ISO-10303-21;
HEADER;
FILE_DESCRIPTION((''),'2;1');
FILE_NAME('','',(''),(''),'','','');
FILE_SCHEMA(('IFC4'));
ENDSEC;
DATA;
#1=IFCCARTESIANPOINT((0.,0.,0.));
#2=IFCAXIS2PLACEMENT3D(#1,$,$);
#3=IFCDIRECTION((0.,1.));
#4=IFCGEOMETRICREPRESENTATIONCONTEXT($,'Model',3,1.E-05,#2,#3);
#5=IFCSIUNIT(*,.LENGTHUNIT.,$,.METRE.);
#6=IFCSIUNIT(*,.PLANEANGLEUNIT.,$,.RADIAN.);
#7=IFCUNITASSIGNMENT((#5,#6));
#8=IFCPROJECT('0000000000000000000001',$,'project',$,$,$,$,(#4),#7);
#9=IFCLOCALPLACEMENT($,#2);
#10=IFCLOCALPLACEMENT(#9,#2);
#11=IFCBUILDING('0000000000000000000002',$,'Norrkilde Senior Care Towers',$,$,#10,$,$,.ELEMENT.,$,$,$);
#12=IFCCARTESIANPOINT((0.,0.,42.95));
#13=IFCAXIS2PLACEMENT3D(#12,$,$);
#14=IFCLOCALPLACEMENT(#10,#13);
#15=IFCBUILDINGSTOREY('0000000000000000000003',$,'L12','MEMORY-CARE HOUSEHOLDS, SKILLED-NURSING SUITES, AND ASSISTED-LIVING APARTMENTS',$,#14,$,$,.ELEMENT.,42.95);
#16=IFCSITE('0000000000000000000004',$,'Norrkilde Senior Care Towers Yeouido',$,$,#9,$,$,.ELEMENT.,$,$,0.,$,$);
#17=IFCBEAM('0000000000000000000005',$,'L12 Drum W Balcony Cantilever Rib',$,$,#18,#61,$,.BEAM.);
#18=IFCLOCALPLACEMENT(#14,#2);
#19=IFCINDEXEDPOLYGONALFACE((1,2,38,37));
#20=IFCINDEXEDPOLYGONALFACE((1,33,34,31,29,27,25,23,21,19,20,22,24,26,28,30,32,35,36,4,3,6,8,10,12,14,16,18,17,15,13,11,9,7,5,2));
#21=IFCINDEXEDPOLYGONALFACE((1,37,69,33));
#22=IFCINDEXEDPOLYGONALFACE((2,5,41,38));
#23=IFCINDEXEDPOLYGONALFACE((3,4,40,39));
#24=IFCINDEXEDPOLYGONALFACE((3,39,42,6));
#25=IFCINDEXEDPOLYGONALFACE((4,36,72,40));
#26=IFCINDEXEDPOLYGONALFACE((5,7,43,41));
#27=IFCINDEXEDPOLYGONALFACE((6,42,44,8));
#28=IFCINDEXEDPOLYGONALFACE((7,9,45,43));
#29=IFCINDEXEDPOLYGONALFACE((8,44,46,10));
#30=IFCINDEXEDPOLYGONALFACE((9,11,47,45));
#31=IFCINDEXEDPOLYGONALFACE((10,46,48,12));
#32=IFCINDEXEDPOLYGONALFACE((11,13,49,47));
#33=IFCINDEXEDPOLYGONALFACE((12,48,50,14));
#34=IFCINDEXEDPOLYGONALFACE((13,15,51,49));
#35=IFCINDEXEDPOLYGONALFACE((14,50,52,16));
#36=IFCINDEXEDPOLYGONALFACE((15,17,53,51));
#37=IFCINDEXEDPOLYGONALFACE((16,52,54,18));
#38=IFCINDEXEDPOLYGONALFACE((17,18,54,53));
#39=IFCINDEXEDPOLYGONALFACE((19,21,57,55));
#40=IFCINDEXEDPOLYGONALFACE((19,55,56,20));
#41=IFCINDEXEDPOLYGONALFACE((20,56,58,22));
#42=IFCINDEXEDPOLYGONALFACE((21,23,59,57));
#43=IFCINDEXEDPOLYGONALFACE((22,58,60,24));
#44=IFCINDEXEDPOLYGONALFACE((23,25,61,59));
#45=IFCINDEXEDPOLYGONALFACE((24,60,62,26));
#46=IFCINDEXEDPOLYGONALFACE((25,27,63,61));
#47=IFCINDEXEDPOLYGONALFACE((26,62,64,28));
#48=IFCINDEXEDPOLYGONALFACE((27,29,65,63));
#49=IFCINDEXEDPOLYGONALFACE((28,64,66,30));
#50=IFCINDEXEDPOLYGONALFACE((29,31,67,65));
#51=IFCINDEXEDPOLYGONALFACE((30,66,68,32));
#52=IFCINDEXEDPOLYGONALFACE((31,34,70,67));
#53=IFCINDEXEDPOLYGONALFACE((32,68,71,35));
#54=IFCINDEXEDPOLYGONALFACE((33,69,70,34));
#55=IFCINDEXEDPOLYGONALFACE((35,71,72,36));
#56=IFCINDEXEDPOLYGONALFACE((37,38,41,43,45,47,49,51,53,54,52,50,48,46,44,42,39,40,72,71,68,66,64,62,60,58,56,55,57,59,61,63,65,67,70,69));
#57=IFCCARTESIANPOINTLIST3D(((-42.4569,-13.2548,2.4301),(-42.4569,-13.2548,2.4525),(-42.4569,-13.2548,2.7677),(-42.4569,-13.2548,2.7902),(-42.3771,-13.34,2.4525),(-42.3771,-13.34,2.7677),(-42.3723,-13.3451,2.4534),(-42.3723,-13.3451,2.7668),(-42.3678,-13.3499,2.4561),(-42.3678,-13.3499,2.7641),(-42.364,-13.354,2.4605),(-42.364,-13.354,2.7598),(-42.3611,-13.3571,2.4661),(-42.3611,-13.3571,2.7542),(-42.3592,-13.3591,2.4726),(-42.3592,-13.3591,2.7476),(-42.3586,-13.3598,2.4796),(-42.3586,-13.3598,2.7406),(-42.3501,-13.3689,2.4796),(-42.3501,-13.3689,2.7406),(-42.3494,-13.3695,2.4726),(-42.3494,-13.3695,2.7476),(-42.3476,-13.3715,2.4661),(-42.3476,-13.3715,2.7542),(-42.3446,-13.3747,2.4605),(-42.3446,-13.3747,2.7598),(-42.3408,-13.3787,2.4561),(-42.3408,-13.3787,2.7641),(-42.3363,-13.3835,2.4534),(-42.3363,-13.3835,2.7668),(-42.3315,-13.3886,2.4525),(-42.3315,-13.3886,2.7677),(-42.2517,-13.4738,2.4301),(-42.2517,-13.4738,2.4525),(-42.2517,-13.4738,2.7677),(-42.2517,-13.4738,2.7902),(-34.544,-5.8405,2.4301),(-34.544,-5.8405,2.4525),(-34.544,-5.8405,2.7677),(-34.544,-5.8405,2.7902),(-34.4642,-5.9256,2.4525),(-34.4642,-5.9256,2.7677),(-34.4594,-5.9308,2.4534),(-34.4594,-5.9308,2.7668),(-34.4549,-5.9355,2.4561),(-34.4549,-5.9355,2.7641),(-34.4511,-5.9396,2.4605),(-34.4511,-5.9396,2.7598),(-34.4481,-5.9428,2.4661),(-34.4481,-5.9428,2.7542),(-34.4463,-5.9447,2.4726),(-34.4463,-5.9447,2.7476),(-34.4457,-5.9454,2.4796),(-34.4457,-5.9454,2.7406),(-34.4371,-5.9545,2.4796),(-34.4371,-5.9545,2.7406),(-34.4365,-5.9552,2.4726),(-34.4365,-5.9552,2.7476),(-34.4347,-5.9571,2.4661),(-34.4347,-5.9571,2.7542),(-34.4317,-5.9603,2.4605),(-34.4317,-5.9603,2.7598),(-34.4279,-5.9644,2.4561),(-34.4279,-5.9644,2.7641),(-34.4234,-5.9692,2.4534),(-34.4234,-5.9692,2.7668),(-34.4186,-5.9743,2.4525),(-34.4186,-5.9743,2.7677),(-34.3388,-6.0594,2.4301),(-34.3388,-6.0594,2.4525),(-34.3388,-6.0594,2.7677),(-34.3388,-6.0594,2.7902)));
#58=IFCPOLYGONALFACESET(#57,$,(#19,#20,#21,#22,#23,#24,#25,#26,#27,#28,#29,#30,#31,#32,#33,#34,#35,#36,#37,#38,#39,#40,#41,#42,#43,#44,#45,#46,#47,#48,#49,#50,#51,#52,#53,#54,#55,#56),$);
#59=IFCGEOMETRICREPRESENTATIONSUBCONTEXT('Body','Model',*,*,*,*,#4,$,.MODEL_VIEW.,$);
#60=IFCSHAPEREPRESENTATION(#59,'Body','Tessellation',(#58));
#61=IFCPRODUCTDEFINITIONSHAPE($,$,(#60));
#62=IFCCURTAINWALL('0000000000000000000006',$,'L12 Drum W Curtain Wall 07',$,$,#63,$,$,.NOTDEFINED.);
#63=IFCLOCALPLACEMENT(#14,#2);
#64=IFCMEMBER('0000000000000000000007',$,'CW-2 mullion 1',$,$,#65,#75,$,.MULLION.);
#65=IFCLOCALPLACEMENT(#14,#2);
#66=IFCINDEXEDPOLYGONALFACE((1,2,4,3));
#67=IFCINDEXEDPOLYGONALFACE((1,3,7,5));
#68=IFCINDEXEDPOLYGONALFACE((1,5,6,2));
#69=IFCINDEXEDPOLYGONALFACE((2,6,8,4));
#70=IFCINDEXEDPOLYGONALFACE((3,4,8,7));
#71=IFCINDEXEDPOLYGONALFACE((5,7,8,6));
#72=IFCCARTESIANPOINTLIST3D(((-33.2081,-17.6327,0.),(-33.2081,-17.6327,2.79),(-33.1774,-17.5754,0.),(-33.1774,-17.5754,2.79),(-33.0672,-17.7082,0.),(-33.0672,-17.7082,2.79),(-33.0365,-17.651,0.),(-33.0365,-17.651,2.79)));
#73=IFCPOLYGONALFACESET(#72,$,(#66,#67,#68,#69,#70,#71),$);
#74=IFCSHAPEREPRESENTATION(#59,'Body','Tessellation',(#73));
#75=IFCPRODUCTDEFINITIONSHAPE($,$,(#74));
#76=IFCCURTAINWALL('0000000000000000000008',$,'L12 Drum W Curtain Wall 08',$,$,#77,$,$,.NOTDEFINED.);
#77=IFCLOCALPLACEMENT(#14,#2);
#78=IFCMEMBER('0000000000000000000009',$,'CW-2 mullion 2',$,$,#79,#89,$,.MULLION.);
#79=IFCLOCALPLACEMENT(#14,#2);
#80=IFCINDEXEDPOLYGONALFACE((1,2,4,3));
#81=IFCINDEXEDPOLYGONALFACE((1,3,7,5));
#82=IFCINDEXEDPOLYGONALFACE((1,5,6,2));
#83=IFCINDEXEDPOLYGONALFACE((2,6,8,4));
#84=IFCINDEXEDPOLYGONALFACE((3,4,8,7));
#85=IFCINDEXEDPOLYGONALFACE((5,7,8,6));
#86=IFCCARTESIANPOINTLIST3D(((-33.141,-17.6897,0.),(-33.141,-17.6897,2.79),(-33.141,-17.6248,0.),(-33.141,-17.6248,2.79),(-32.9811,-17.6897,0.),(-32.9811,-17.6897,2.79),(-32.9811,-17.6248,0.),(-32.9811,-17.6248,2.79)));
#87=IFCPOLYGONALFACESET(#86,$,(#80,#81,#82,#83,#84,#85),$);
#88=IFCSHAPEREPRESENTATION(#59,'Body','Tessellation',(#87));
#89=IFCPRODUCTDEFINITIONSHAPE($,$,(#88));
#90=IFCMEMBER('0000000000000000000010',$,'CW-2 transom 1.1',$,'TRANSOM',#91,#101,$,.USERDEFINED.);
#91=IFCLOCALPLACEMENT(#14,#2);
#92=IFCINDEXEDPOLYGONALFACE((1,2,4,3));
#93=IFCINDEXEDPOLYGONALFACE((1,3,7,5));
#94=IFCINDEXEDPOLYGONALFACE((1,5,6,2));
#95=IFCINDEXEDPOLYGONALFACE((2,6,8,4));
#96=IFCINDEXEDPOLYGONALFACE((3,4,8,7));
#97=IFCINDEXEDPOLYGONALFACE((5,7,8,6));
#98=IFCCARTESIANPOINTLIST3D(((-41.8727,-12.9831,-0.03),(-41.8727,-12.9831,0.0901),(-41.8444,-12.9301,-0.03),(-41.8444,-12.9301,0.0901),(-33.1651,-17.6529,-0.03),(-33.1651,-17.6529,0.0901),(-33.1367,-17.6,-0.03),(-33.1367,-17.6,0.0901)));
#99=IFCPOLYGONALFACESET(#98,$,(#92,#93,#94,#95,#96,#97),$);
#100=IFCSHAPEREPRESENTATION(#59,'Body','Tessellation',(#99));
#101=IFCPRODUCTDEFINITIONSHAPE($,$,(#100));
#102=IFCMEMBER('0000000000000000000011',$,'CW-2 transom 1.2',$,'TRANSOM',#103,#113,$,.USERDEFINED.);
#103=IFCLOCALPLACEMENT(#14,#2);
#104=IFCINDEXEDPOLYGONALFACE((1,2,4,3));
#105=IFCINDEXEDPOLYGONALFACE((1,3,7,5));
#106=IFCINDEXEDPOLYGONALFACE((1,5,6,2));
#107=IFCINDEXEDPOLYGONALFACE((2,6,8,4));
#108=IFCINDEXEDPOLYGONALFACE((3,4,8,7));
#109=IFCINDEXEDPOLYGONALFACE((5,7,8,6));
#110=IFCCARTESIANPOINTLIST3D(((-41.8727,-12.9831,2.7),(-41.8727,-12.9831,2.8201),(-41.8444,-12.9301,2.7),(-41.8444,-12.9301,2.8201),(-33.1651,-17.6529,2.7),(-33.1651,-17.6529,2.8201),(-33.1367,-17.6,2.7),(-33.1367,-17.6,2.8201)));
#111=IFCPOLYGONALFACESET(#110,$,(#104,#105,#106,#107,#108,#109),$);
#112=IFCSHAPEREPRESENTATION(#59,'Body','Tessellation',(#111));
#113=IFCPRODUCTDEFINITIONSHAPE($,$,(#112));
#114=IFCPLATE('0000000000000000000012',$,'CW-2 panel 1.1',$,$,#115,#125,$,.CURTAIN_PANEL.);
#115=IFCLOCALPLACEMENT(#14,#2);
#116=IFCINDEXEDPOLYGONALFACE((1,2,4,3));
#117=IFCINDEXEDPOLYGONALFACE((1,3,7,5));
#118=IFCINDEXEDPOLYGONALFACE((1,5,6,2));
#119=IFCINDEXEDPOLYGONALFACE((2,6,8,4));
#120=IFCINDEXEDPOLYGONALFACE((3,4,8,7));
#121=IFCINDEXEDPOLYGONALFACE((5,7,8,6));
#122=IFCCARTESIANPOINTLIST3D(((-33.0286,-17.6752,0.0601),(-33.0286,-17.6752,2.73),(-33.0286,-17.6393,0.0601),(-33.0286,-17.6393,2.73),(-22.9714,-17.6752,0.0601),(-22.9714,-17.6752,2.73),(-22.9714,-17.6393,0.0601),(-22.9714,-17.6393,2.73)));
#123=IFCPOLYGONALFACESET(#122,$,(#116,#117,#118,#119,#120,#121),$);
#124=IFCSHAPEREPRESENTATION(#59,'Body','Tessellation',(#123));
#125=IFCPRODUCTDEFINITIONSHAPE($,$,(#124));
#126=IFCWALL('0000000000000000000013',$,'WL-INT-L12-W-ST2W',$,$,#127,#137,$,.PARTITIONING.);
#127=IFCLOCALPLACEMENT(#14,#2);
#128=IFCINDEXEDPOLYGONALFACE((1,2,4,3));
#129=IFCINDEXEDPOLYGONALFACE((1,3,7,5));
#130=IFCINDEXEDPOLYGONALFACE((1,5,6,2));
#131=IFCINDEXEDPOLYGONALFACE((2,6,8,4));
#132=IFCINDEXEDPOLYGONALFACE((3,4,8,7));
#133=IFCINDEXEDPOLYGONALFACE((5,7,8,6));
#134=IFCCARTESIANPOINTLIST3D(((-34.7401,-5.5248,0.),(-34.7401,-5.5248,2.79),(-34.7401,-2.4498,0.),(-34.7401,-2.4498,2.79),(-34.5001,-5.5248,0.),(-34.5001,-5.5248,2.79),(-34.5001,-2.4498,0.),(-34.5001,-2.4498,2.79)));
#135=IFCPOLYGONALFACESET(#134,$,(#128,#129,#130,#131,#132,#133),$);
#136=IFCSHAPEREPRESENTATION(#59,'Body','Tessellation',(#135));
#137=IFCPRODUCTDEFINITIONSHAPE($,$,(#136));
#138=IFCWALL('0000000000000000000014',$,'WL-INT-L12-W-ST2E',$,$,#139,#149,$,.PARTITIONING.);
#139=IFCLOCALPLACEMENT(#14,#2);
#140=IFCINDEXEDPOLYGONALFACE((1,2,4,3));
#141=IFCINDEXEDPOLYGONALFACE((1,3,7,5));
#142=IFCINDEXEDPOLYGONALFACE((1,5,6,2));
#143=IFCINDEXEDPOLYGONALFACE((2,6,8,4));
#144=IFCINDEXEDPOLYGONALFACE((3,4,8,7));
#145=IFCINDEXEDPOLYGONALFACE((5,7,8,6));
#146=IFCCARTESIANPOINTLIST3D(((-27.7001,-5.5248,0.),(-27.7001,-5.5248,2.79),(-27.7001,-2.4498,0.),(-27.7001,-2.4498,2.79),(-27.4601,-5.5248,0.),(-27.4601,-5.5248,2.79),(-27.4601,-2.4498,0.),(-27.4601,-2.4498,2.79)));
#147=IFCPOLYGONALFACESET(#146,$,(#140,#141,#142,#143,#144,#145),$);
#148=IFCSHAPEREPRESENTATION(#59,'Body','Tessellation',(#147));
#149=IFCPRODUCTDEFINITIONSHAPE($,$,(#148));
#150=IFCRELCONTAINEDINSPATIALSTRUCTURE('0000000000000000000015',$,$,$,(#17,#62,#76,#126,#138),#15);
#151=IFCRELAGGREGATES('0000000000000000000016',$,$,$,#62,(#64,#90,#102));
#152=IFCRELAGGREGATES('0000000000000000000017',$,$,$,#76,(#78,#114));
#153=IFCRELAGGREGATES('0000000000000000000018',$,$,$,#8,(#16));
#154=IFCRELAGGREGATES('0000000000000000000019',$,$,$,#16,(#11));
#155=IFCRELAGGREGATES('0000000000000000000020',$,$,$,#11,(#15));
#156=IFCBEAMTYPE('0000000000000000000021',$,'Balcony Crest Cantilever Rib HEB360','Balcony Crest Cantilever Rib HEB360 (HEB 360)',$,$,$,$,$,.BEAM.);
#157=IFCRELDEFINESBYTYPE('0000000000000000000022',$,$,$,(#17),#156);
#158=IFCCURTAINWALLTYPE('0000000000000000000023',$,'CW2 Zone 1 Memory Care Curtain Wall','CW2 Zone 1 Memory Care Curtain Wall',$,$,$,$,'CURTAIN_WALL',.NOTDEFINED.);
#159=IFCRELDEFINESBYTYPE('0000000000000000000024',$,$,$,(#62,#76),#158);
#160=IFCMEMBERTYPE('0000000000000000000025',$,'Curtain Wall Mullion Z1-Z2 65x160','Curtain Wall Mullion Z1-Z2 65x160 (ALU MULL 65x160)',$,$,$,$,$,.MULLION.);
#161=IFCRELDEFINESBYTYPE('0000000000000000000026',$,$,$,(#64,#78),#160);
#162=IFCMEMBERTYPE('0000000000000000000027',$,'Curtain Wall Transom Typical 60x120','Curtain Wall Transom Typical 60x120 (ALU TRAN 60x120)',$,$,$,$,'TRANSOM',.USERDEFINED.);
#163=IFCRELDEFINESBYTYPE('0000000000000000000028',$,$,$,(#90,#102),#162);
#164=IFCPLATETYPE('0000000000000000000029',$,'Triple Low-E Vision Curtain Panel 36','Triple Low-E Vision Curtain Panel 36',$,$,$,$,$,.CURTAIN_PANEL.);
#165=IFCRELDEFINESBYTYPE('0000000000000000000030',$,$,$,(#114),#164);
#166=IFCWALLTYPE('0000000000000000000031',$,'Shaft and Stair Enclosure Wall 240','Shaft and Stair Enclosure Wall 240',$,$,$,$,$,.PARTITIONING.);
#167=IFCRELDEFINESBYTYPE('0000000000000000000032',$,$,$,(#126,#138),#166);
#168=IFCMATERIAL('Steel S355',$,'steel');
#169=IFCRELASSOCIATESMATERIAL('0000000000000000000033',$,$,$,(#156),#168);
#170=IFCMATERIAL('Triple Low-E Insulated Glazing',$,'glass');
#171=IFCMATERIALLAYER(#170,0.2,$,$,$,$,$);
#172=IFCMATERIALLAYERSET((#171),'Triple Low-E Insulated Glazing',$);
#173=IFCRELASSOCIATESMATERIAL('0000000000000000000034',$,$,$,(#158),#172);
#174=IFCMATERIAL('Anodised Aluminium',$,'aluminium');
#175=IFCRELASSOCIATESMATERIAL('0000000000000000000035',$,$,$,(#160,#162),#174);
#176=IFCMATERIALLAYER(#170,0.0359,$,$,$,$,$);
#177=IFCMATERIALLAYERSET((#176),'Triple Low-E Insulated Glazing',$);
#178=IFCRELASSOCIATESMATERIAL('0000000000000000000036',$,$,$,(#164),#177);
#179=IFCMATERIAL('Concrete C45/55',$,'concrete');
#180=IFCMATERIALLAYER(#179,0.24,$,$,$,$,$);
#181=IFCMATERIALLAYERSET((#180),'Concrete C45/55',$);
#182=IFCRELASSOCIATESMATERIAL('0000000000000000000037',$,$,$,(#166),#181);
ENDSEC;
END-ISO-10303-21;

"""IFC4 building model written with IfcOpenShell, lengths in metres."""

from ifc_helpers import new_model, si_unit, direction, frame, frame_2d, origin, origin_2d, place, context, subcontext, project, spatial, rectangle, i_section, extrude, source, transform, mapped, material, layer, layer_set, material_profile, profile_set, type_object, type_shapes, element, aggregate, save


model = new_model("IFC4")

# Units and contexts
model_context = context("Model", 3, precision=1e-05, world=origin(), true_north=direction((0.0, 1.0)))
body_context = subcontext(model_context, "Body", "Model", "MODEL_VIEW")
ifc_project = project(units=[si_unit("LENGTHUNIT", "METRE"), si_unit("PLANEANGLEUNIT", "RADIAN")], contexts=[model_context])

# Site, building, storey
site_placement = place(None, origin())
site = spatial("IfcSite", under=ifc_project, at=site_placement, Name="Norrkilde Senior Care Towers Yeouido", CompositionType="ELEMENT", RefElevation=0.0)
building_placement = place(site_placement, origin())
building = spatial("IfcBuilding", under=site, at=building_placement, Name="Norrkilde Senior Care Towers", CompositionType="ELEMENT")
storey_placement = place(building_placement, frame((0.0, 0.0, 42.95)))
storey = spatial("IfcBuildingStorey", under=building, at=storey_placement, Name="L12", Description="MEMORY-CARE HOUSEHOLDS, SKILLED-NURSING SUITES, AND ASSISTED-LIVING APARTMENTS", CompositionType="ELEMENT", Elevation=42.95)

# Beam
ifc_material_1 = material(Name="Steel S355", Category="steel")
ifc_material_profile_1 = material_profile(ifc_material_1, i_section(OverallWidth=0.3, OverallDepth=0.3601, WebThickness=0.0125, FlangeThickness=0.0225, FilletRadius=0.0271, at=origin_2d()), Name="HEB 360")
ifc_profile_set_1 = profile_set([ifc_material_profile_1], Name="Steel S355")
beam_type_1 = type_object("IfcBeamType", Name="Balcony Crest Cantilever Rib HEB360", Description="Balcony Crest Cantilever Rib HEB360 (HEB 360)", PredefinedType="BEAM", material=ifc_profile_set_1)
shared_shape_1 = source(origin(), body_context, "Body", "SweptSolid", [
    extrude(i_section(OverallWidth=0.3, OverallDepth=0.3601, WebThickness=0.0125, FlangeThickness=0.0225, FilletRadius=0.0271, at=origin_2d()), origin(), (0.0, 0.0, 1.0), 10.8438),
])
type_shapes(beam_type_1, [shared_shape_1])
beam_1_placement = place(storey_placement, frame((-34.4414, -5.95, 2.6101), z_axis=(-0.72972, -0.683746, 0.0), x_axis=(0.683746, -0.72972, 0.0)))
element("IfcBeam", 1, at=beam_1_placement, inside=storey, type_object=beam_type_1, Name="L12 Drum W Balcony Cantilever Rib", PredefinedType="BEAM", context=body_context, shape_type="MappedRepresentation", body=[
    mapped(shared_shape_1, transform((0.0, 0.0, 0.0), x_axis=(1.0, 0.0, 0.0), y_axis=(0.0, 1.0, 0.0), z_axis=(0.0, 0.0, 1.0), scale=1.0)),
])

# Curtain walls, members
ifc_material_2 = material(Name="Triple Low-E Insulated Glazing", Category="glass")
ifc_layer_1 = layer(ifc_material_2, 0.2)
ifc_layer_set_1 = layer_set([ifc_layer_1], Name="Triple Low-E Insulated Glazing")
curtain_wall_type = type_object("IfcCurtainWallType", Name="CW2 Zone 1 Memory Care Curtain Wall", Description="CW2 Zone 1 Memory Care Curtain Wall", ElementType="CURTAIN_WALL", PredefinedType="NOTDEFINED", material=ifc_layer_set_1)
curtain_wall_1_placement = place(storey_placement, origin())
curtain_wall_1 = element("IfcCurtainWall", 2, at=curtain_wall_1_placement, inside=storey, type_object=curtain_wall_type, Name="L12 Drum W Curtain Wall 07", PredefinedType="NOTDEFINED")
ifc_material_3 = material(Name="Anodised Aluminium", Category="aluminium")
ifc_material_profile_2 = material_profile(ifc_material_3, rectangle(XDim=0.0649, YDim=0.1599, at=origin_2d()), Name="ALU MULL 65x160")
ifc_profile_set_2 = profile_set([ifc_material_profile_2], Name="Anodised Aluminium")
member_type_1 = type_object("IfcMemberType", Name="Curtain Wall Mullion Z1-Z2 65x160", Description="Curtain Wall Mullion Z1-Z2 65x160 (ALU MULL 65x160)", PredefinedType="MULLION", material=ifc_profile_set_2)
shared_shape_2 = source(origin(), body_context, "Body", "SweptSolid", [
    extrude(rectangle(XDim=0.0649, YDim=0.1599, at=origin_2d()), origin(), (0.0, 0.0, 1.0), 2.79),
])
type_shapes(member_type_1, [shared_shape_2])
member_1_placement = place(storey_placement, frame((-33.1223, -17.6418, 0.0), z_axis=(0.0, 0.0, 1.0), x_axis=(-0.472608, -0.881273, 0.0)))
member_1 = element("IfcMember", 3, at=member_1_placement, type_object=member_type_1, Name="CW-2 mullion 1", PredefinedType="MULLION", context=body_context, shape_type="MappedRepresentation", body=[
    mapped(shared_shape_2, transform((0.0, 0.0, 0.0), x_axis=(1.0, 0.0, 0.0), y_axis=(0.0, 1.0, 0.0), z_axis=(0.0, 0.0, 1.0), scale=1.0)),
])
curtain_wall_2_placement = place(storey_placement, origin())
curtain_wall_2 = element("IfcCurtainWall", 4, at=curtain_wall_2_placement, inside=storey, type_object=curtain_wall_type, Name="L12 Drum W Curtain Wall 08", PredefinedType="NOTDEFINED")
member_2_placement = place(storey_placement, frame((-33.061, -17.6572, 0.0), z_axis=(0.0, 0.0, 1.0), x_axis=(0.0, -1.0, 0.0)))
member_2 = element("IfcMember", 5, at=member_2_placement, type_object=member_type_1, Name="CW-2 mullion 2", PredefinedType="MULLION", context=body_context, shape_type="MappedRepresentation", body=[
    mapped(shared_shape_2, transform((0.0, 0.0, 0.0), x_axis=(1.0, 0.0, 0.0), y_axis=(0.0, 1.0, 0.0), z_axis=(0.0, 0.0, 1.0), scale=1.0)),
])

# Members
ifc_material_profile_3 = material_profile(ifc_material_3, rectangle(XDim=0.0601, YDim=0.1201, at=origin_2d()), Name="ALU TRAN 60x120")
ifc_profile_set_3 = profile_set([ifc_material_profile_3], Name="Anodised Aluminium")
member_type_2 = type_object("IfcMemberType", Name="Curtain Wall Transom Typical 60x120", Description="Curtain Wall Transom Typical 60x120 (ALU TRAN 60x120)", ElementType="TRANSOM", PredefinedType="USERDEFINED", material=ifc_profile_set_3)
shared_shape_3 = source(origin(), body_context, "Body", "SweptSolid", [
    extrude(rectangle(XDim=0.0601, YDim=0.1201, at=origin_2d()), origin(), (0.0, 0.0, 1.0), 9.8809),
])
type_shapes(member_type_2, [shared_shape_3])
member_3_placement = place(storey_placement, frame((-33.1509, -17.6265, 0.03), z_axis=(-0.881267, 0.472618, 0.0), x_axis=(-0.472618, -0.881267, 0.0)))
member_3 = element("IfcMember", 6, at=member_3_placement, type_object=member_type_2, Name="CW-2 transom 1.1", ObjectType="TRANSOM", PredefinedType="USERDEFINED", context=body_context, shape_type="MappedRepresentation", body=[
    mapped(shared_shape_3, transform((0.0, 0.0, 0.0), x_axis=(1.0, 0.0, 0.0), y_axis=(0.0, 1.0, 0.0), z_axis=(0.0, 0.0, 1.0), scale=1.0)),
])
member_4_placement = place(storey_placement, frame((-33.1509, -17.6265, 2.76), z_axis=(-0.881267, 0.472618, 0.0), x_axis=(-0.472618, -0.881267, 0.0)))
member_4 = element("IfcMember", 7, at=member_4_placement, type_object=member_type_2, Name="CW-2 transom 1.2", ObjectType="TRANSOM", PredefinedType="USERDEFINED", context=body_context, shape_type="MappedRepresentation", body=[
    mapped(shared_shape_3, transform((0.0, 0.0, 0.0), x_axis=(1.0, 0.0, 0.0), y_axis=(0.0, 1.0, 0.0), z_axis=(0.0, 0.0, 1.0), scale=1.0)),
])
aggregate(curtain_wall_1, [member_1, member_3, member_4])

# Plate
ifc_layer_2 = layer(ifc_material_2, 0.0359)
ifc_layer_set_2 = layer_set([ifc_layer_2], Name="Triple Low-E Insulated Glazing")
plate_type = type_object("IfcPlateType", Name="Triple Low-E Vision Curtain Panel 36", Description="Triple Low-E Vision Curtain Panel 36", PredefinedType="CURTAIN_PANEL", material=ifc_layer_set_2)
shared_shape_4 = source(origin(), body_context, "Body", "SweptSolid", [
    extrude(rectangle(XDim=10.0571, YDim=0.0359, at=origin_2d()), origin(), (0.0, 0.0, 1.0), 2.6699),
])
type_shapes(plate_type, [shared_shape_4])
plate_placement = place(storey_placement, frame((-28.0, -17.6572, 0.0601), z_axis=(0.0, 0.0, 1.0), x_axis=(-1.0, 0.0, 0.0)))
plate = element("IfcPlate", 8, at=plate_placement, type_object=plate_type, Name="CW-2 panel 1.1", PredefinedType="CURTAIN_PANEL", context=body_context, shape_type="MappedRepresentation", body=[
    mapped(shared_shape_4, transform((0.0, 0.0, 0.0), x_axis=(1.0, 0.0, 0.0), y_axis=(0.0, 1.0, 0.0), z_axis=(0.0, 0.0, 1.0), scale=1.0)),
])
aggregate(curtain_wall_2, [member_2, plate])

# Walls
ifc_material_4 = material(Name="Concrete C45/55", Category="concrete")
ifc_layer_3 = layer(ifc_material_4, 0.24)
ifc_layer_set_3 = layer_set([ifc_layer_3], Name="Concrete C45/55")
wall_type_1 = type_object("IfcWallType", Name="Shaft and Stair Enclosure Wall 240", Description="Shaft and Stair Enclosure Wall 240", PredefinedType="PARTITIONING", material=ifc_layer_set_3)
shared_shape_5 = source(origin(), body_context, "Body", "SweptSolid", [
    extrude(rectangle(XDim=3.075, YDim=0.24, at=frame_2d((1.5376, 0.0))), origin(), (0.0, 0.0, 1.0), 2.79),
])
type_shapes(wall_type_1, [shared_shape_5])
for number, where, z_axis, x_axis, name in (
    (9, (-34.6201, -5.5249, 0.0), (0.0, 0.0, 1.0), (0.0, 1.0, 0.0), "WL-INT-L12-W-ST2W"),
    (10, (-27.5801, -5.5249, 0.0), (0.0, 0.0, 1.0), (0.0, 1.0, 0.0), "WL-INT-L12-W-ST2E"),
):
    element("IfcWall", number, at=place(storey_placement, frame(where, z_axis=z_axis, x_axis=x_axis)), inside=storey, type_object=wall_type_1, Name=name, PredefinedType="PARTITIONING", context=body_context, shape_type="MappedRepresentation", body=[
        mapped(shared_shape_5, transform((0.0, 0.0, 0.0), x_axis=(1.0, 0.0, 0.0), y_axis=(0.0, 1.0, 0.0), z_axis=(0.0, 0.0, 1.0), scale=1.0)),
    ])

save(model, "model.ifc")
